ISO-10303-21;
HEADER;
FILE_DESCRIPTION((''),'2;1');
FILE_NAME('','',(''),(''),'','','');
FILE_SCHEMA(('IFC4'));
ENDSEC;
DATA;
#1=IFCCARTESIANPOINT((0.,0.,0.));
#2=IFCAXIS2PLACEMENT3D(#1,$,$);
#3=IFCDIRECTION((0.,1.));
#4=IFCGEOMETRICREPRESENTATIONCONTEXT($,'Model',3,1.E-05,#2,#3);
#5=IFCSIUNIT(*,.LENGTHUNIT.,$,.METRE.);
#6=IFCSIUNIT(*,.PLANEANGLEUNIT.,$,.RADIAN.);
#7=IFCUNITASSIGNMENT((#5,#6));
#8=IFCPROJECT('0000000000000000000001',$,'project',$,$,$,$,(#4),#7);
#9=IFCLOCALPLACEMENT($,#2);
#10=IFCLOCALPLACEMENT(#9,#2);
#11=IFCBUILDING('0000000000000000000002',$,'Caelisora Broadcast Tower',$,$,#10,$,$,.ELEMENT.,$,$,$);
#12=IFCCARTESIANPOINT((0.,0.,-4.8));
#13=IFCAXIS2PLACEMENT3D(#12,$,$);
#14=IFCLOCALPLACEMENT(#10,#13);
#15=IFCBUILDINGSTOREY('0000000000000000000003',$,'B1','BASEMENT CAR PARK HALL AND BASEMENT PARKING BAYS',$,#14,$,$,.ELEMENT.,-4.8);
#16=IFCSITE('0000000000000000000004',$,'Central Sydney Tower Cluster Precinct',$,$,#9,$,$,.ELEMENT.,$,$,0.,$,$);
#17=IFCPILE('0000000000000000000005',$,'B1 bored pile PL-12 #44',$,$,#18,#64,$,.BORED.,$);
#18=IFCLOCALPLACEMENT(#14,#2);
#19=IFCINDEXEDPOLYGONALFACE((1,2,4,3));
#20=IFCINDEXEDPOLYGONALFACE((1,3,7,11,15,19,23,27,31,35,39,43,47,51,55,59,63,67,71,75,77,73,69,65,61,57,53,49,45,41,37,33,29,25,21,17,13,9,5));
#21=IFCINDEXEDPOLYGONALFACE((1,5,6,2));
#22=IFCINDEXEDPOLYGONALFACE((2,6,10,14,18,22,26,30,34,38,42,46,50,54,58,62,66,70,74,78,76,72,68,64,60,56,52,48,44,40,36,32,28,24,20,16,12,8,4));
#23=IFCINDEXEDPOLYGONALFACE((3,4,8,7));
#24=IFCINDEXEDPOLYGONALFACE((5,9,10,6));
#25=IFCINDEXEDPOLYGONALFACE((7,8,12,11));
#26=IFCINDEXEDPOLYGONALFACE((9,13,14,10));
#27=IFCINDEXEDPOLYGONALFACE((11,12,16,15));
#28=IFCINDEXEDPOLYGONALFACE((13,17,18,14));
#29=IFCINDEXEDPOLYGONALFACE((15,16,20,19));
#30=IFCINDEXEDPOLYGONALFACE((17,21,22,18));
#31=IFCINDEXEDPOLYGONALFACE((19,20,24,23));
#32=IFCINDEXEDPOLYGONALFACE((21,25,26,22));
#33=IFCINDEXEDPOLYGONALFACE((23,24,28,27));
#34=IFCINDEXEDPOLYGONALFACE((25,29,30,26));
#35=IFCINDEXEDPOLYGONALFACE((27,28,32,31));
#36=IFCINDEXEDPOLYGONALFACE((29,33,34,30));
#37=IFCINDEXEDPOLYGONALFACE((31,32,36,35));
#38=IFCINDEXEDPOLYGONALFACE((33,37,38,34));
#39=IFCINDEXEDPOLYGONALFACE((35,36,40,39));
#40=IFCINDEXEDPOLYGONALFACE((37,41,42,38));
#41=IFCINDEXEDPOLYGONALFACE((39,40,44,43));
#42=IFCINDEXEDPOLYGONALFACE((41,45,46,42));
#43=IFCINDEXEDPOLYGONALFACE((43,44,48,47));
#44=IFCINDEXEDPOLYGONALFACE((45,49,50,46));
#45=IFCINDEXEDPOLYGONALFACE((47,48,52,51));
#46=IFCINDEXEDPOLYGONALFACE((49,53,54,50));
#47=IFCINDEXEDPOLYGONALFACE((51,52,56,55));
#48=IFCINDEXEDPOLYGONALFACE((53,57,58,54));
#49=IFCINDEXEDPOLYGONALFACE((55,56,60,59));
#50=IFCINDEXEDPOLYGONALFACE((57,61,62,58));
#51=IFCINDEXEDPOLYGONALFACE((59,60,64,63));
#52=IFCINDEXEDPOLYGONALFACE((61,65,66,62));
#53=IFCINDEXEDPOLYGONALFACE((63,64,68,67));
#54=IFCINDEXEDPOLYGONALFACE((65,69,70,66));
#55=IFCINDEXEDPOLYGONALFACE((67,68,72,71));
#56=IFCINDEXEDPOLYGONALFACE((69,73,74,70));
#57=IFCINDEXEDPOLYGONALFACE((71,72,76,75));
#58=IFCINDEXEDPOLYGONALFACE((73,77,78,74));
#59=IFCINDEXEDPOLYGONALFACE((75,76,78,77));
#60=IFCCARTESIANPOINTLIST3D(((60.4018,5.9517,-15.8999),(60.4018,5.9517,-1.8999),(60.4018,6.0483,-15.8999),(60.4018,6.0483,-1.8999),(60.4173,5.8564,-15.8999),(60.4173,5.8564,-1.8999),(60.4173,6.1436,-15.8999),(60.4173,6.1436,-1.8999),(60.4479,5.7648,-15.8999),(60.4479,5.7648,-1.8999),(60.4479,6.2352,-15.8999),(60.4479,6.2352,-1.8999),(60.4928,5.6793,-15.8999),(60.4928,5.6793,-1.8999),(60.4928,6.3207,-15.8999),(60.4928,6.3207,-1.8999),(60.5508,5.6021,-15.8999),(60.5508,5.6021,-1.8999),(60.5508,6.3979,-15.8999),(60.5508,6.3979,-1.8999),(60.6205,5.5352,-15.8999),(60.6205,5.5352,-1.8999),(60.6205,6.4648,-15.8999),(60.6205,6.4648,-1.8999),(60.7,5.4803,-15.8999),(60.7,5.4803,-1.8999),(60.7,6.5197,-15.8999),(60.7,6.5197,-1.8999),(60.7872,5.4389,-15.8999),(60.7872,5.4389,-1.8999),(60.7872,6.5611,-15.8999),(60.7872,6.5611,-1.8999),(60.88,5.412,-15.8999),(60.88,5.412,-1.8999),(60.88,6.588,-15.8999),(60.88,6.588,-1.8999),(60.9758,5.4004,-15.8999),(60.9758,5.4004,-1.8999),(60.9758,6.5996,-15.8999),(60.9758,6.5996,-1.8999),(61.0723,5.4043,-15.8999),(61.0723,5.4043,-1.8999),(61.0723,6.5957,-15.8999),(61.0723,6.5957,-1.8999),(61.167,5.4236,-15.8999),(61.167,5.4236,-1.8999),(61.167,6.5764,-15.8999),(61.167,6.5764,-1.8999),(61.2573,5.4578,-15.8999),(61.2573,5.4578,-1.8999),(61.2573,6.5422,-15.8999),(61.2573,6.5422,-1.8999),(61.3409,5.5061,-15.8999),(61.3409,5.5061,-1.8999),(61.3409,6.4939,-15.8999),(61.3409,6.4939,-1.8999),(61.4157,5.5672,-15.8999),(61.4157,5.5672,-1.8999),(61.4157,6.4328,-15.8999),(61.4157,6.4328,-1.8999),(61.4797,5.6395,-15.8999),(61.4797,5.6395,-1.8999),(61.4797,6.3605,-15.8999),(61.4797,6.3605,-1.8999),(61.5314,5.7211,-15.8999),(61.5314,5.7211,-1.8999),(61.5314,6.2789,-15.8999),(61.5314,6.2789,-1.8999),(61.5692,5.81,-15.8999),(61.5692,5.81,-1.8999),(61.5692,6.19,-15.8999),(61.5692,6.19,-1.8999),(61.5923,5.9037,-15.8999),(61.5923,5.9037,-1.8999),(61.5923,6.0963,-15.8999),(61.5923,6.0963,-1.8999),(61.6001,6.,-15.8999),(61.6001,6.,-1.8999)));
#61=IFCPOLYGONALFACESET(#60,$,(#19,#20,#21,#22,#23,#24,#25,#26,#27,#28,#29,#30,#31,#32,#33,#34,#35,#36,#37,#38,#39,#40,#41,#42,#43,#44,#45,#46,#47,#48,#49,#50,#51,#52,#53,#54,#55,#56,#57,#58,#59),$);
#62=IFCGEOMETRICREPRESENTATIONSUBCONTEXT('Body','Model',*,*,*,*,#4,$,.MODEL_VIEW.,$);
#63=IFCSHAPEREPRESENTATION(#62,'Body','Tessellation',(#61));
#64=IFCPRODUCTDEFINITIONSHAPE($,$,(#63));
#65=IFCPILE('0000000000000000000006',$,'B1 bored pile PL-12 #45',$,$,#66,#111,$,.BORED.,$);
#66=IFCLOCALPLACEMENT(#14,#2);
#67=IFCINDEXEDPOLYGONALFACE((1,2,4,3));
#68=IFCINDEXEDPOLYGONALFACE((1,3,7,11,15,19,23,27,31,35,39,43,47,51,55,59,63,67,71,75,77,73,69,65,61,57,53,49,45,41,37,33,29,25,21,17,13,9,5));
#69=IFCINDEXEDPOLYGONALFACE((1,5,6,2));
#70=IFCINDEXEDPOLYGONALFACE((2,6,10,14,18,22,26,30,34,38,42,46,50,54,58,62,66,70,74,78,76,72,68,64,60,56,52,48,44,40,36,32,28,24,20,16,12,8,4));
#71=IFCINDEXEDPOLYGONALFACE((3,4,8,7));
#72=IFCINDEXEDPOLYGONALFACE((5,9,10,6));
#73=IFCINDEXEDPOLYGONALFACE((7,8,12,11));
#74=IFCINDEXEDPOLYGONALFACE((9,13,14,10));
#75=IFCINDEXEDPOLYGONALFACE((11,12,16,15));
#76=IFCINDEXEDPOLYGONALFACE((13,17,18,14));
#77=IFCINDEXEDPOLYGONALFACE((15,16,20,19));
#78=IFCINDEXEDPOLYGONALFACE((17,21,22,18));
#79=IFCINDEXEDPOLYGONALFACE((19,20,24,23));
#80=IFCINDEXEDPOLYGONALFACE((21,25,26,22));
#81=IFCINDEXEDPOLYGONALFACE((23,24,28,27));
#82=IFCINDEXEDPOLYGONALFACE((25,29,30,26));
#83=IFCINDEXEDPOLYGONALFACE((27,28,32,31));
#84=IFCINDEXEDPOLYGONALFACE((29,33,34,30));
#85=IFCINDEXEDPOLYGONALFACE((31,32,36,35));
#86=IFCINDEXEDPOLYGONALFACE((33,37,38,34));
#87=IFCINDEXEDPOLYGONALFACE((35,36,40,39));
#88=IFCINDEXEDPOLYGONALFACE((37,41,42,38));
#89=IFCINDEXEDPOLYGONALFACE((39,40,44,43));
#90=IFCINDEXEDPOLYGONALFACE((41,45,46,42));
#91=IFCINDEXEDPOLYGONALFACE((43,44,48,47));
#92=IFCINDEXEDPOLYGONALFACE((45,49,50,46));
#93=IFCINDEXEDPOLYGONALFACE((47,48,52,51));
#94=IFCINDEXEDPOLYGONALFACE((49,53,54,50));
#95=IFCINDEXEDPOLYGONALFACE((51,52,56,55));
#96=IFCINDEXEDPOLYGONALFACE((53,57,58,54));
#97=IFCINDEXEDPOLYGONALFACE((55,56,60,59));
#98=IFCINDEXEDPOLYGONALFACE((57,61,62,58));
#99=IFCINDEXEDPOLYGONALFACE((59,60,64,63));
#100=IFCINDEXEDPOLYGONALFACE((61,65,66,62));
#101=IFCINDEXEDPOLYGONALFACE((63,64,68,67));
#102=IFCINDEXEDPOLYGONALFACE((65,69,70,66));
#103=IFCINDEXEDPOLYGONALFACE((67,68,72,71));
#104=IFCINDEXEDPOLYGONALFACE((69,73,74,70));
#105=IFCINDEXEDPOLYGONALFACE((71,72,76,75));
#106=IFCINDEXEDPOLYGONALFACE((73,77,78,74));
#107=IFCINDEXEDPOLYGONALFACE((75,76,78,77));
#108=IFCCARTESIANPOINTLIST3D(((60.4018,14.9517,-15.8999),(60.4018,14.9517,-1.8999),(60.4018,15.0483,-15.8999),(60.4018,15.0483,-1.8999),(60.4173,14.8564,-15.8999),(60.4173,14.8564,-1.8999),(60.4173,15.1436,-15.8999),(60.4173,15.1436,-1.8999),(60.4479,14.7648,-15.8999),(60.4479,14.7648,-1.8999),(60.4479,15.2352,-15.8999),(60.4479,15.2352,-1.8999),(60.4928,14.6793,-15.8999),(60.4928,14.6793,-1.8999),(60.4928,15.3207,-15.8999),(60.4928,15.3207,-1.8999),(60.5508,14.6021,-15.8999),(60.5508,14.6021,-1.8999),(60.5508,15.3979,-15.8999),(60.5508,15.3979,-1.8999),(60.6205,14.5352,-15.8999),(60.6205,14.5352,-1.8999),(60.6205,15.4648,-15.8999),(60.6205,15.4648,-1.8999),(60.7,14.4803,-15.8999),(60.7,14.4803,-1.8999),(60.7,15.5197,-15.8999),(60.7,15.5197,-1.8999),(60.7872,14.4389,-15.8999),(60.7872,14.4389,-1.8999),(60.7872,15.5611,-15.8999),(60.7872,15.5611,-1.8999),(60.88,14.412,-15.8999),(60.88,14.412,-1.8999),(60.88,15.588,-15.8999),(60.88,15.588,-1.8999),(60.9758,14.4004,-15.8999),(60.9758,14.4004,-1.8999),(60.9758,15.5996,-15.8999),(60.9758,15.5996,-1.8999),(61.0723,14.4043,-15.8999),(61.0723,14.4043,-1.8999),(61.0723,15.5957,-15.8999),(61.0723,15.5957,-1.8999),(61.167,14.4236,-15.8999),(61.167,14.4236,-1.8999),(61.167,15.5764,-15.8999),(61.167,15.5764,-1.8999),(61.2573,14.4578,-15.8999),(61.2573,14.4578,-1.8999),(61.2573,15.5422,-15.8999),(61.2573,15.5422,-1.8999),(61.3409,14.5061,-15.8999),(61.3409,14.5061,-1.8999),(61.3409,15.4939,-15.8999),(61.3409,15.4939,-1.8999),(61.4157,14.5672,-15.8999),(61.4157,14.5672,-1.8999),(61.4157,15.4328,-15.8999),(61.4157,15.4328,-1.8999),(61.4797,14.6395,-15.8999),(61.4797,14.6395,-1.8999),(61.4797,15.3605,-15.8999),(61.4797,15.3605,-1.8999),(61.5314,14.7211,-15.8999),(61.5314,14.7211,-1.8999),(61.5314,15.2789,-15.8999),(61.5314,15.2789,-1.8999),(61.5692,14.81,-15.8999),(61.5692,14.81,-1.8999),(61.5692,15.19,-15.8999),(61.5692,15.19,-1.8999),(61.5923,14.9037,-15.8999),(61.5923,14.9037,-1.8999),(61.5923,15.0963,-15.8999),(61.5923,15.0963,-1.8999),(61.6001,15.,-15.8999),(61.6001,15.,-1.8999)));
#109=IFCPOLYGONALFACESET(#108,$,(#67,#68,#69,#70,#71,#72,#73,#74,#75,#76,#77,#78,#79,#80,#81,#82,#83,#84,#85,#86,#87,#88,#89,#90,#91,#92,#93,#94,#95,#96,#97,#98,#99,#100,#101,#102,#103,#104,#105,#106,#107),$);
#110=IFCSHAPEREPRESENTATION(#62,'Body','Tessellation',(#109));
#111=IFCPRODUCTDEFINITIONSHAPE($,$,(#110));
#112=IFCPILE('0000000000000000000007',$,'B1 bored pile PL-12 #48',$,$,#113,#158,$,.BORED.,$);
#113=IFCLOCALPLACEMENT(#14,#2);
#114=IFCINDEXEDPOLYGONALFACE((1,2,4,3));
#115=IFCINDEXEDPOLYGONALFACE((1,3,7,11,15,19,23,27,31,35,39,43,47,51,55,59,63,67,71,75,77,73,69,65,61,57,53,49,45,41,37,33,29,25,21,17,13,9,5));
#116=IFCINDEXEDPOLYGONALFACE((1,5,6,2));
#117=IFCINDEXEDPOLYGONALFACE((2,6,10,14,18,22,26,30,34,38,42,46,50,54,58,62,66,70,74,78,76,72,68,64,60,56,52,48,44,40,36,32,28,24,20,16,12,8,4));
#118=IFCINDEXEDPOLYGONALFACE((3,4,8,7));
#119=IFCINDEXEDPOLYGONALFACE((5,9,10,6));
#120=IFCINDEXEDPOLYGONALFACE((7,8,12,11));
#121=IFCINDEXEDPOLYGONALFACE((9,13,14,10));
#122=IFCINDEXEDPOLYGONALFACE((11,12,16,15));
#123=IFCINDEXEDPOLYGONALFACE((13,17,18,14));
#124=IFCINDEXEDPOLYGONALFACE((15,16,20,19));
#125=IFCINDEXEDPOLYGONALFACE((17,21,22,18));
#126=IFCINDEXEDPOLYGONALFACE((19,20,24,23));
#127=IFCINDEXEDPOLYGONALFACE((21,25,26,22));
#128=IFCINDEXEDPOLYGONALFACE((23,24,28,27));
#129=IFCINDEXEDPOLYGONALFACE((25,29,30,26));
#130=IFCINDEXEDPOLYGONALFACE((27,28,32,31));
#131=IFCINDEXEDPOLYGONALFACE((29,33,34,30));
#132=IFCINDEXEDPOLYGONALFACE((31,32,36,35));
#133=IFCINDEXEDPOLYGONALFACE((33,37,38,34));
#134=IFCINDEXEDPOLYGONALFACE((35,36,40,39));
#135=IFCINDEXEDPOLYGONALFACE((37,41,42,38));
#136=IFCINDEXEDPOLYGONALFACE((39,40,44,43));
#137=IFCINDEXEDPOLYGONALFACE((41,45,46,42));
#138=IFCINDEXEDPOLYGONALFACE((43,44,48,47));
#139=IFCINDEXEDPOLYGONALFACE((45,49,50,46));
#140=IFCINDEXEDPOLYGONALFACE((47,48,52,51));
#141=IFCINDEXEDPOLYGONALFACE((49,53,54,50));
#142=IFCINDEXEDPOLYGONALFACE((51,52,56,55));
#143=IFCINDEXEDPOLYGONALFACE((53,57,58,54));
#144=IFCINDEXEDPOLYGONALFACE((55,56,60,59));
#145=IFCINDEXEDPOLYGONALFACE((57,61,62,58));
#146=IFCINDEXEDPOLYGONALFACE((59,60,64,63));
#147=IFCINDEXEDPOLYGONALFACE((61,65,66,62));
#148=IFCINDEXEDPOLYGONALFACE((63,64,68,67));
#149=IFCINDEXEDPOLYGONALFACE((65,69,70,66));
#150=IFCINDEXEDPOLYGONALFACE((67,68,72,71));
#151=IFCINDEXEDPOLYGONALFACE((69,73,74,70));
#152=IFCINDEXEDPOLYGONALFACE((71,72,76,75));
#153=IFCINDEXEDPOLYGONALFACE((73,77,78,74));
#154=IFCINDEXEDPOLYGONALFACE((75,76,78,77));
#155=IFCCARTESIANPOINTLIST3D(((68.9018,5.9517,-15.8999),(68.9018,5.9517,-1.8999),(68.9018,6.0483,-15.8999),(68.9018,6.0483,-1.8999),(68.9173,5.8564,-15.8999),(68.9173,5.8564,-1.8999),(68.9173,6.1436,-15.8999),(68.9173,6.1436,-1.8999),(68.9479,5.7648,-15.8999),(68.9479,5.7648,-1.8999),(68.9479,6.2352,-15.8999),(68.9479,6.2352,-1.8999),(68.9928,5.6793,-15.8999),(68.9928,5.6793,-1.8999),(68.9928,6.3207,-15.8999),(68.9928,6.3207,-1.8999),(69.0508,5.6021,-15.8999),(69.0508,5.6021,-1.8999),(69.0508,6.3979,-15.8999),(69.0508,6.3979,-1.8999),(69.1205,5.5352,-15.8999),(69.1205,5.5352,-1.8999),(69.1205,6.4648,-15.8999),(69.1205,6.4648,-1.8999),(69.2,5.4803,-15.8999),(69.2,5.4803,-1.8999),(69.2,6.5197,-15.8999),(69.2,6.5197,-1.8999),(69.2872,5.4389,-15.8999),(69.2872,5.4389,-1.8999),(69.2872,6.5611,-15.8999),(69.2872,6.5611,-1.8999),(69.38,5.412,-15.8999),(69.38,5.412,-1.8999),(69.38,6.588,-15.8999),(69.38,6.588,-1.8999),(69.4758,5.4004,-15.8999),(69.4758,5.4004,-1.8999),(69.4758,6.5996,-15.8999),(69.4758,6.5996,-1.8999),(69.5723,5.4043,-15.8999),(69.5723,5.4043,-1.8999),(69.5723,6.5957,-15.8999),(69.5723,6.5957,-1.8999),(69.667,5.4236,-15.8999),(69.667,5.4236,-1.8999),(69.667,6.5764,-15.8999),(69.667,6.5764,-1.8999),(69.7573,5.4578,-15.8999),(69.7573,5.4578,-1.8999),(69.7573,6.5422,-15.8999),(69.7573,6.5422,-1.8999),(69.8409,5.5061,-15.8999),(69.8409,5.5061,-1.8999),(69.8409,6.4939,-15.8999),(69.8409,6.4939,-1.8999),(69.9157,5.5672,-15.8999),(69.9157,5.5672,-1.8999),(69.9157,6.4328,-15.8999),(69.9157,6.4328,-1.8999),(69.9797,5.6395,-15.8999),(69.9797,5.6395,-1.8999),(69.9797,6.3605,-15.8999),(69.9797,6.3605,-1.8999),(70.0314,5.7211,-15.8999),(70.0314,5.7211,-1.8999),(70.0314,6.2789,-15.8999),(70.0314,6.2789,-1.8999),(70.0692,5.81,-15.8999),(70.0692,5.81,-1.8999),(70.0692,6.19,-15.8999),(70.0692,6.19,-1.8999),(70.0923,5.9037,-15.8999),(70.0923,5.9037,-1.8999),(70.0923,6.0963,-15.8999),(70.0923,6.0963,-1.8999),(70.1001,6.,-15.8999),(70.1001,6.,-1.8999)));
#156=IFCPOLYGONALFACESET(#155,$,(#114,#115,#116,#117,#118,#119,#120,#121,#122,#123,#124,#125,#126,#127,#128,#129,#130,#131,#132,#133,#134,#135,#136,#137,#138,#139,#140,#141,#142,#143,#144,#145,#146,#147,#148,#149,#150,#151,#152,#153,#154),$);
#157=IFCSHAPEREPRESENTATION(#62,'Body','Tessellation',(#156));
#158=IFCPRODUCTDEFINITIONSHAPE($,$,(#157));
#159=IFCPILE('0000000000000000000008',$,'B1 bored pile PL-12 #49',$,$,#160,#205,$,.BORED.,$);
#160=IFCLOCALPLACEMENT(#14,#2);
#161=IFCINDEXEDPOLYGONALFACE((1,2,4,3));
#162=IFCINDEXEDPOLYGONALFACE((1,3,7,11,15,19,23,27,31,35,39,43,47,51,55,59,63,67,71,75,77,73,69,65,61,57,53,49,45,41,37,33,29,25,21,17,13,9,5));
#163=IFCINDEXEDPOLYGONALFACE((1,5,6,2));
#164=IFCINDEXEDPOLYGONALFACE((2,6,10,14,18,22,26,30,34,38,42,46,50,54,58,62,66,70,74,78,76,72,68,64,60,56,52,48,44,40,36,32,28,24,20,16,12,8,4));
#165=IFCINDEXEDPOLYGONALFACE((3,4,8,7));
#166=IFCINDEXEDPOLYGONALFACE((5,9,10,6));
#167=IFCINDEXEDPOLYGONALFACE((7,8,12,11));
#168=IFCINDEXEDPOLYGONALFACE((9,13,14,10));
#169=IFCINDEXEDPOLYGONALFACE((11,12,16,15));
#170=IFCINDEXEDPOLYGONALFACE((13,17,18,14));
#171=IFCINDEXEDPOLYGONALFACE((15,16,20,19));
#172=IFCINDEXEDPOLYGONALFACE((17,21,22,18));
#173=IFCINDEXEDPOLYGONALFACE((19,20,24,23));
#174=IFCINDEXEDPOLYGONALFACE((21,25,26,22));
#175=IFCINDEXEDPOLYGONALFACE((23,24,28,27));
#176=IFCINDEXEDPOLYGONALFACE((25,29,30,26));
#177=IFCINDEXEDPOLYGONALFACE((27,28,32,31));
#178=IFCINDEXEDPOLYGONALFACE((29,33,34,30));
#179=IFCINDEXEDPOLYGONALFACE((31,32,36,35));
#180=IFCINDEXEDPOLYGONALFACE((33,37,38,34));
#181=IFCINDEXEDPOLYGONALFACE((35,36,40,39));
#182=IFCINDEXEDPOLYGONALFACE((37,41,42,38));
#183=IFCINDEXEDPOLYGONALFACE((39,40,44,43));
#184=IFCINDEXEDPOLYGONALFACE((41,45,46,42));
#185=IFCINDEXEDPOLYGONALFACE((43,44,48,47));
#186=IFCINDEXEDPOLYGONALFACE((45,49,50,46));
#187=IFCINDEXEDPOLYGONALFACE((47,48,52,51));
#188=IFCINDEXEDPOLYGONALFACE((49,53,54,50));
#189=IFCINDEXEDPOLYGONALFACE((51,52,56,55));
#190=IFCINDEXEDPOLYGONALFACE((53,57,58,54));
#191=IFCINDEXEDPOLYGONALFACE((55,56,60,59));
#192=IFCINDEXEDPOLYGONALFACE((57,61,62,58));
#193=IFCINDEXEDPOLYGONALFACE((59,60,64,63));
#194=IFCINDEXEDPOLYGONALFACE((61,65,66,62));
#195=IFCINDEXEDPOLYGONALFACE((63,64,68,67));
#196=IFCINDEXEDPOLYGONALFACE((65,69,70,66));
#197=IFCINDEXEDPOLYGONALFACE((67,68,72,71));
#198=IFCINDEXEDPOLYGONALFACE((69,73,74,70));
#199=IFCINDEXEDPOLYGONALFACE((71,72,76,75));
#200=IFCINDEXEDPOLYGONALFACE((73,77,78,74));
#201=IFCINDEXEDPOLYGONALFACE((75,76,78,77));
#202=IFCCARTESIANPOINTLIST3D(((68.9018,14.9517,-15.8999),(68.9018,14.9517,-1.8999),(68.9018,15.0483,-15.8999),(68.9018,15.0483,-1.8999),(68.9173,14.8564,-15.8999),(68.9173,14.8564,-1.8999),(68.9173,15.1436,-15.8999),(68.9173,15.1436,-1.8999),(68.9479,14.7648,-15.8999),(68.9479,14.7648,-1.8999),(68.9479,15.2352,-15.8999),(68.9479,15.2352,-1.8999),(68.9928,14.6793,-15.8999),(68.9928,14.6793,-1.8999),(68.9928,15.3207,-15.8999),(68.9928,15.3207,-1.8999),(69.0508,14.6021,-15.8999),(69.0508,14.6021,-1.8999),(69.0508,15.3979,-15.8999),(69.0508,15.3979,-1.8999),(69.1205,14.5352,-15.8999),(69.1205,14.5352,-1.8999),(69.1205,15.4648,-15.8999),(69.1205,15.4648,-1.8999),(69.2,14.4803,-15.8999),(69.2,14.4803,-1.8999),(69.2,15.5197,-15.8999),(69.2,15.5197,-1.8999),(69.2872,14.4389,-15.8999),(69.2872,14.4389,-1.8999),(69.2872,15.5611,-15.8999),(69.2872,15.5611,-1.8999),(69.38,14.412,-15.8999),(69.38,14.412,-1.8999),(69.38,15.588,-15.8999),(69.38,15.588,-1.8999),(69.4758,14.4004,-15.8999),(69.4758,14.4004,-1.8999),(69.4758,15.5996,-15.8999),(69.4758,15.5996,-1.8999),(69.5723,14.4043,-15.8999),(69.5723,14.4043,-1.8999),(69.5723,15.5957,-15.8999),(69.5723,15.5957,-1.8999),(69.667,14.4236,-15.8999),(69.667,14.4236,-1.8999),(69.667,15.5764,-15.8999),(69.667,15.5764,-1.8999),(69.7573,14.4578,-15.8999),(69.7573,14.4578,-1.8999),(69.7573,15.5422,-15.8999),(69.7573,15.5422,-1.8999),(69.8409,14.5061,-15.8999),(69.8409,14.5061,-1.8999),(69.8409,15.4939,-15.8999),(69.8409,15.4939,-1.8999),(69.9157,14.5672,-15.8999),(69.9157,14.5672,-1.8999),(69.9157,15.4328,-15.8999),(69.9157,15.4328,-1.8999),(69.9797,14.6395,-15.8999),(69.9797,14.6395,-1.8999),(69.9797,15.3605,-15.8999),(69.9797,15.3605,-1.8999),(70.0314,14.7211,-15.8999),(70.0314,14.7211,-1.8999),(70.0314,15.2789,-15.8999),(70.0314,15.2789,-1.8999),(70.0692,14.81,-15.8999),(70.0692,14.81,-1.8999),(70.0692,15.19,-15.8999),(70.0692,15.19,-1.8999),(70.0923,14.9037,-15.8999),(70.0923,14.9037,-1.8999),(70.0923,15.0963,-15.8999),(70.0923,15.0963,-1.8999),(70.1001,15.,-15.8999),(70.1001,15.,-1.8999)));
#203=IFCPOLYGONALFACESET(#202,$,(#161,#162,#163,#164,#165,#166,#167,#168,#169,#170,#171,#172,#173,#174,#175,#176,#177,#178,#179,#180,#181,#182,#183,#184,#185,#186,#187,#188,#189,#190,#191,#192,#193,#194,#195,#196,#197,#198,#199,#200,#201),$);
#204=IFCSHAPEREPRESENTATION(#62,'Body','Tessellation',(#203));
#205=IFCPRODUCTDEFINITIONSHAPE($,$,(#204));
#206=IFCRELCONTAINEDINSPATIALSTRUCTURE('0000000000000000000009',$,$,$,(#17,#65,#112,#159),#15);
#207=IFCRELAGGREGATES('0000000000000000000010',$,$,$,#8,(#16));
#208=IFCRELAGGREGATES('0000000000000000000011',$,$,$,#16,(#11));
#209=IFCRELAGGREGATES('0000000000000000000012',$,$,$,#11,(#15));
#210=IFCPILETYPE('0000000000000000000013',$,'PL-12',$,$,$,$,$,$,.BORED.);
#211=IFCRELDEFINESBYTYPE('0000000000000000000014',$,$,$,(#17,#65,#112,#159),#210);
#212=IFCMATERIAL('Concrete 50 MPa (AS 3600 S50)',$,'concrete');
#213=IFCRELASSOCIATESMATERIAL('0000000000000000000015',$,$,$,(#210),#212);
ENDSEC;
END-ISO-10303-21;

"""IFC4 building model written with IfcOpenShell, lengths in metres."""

from ifc_helpers import new_model, si_unit, direction, frame, origin, origin_2d, place, context, subcontext, project, spatial, circle, extrude, material, material_profile, profile_set, type_object, element, save


model = new_model("IFC4")

# Units and contexts
model_context = context("Model", 3, precision=1e-05, world=origin(), true_north=direction((0.0, 1.0)))
body_context = subcontext(model_context, "Body", "Model", "MODEL_VIEW")
ifc_project = project(units=[si_unit("LENGTHUNIT", "METRE"), si_unit("PLANEANGLEUNIT", "RADIAN")], contexts=[model_context])

# Site, building, storey
site_placement = place(None, origin())
site = spatial("IfcSite", under=ifc_project, at=site_placement, Name="Central Sydney Tower Cluster Precinct", CompositionType="ELEMENT", RefElevation=0.0)
building_placement = place(site_placement, origin())
building = spatial("IfcBuilding", under=site, at=building_placement, Name="Caelisora Broadcast Tower", CompositionType="ELEMENT")
storey_placement = place(building_placement, frame((0.0, 0.0, -4.8)))
storey = spatial("IfcBuildingStorey", under=building, at=storey_placement, Name="B1", Description="BASEMENT CAR PARK HALL AND BASEMENT PARKING BAYS", CompositionType="ELEMENT", Elevation=-4.8)

# Piles
ifc_material_1 = material(Name="Concrete 50 MPa (AS 3600 S50)", Category="concrete")
ifc_material_profile_1 = material_profile(ifc_material_1, circle(Radius=0.6001, at=origin_2d()), Name="Concrete 50 MPa (AS 3600 S50)")
ifc_profile_set_1 = profile_set([ifc_material_profile_1], Name="Concrete 50 MPa (AS 3600 S50)")
pile_type = type_object("IfcPileType", Name="PL-12", PredefinedType="BORED", material=ifc_profile_set_1)
for number, where, z_axis, x_axis, name in (
    (1, (61.0, 6.0, -1.8999), (0.0, 0.0, -1.0), (1.0, 0.0, 0.0), "B1 bored pile PL-12 #44"),
    (2, (61.0, 15.0, -1.8999), (0.0, 0.0, -1.0), (1.0, 0.0, 0.0), "B1 bored pile PL-12 #45"),
    (3, (69.5, 6.0, -1.8999), (0.0, 0.0, -1.0), (1.0, 0.0, 0.0), "B1 bored pile PL-12 #48"),
    (4, (69.5, 15.0, -1.8999), (0.0, 0.0, -1.0), (1.0, 0.0, 0.0), "B1 bored pile PL-12 #49"),
):
    element("IfcPile", number, at=place(storey_placement, frame(where, z_axis=z_axis, x_axis=x_axis)), inside=storey, type_object=pile_type, Name=name, PredefinedType="BORED", context=body_context, shape_type="SweptSolid", body=[
        extrude(circle(Radius=0.6001, at=origin_2d()), origin(), (0.0, 0.0, 1.0), 14.0),
    ])

save(model, "model.ifc")
